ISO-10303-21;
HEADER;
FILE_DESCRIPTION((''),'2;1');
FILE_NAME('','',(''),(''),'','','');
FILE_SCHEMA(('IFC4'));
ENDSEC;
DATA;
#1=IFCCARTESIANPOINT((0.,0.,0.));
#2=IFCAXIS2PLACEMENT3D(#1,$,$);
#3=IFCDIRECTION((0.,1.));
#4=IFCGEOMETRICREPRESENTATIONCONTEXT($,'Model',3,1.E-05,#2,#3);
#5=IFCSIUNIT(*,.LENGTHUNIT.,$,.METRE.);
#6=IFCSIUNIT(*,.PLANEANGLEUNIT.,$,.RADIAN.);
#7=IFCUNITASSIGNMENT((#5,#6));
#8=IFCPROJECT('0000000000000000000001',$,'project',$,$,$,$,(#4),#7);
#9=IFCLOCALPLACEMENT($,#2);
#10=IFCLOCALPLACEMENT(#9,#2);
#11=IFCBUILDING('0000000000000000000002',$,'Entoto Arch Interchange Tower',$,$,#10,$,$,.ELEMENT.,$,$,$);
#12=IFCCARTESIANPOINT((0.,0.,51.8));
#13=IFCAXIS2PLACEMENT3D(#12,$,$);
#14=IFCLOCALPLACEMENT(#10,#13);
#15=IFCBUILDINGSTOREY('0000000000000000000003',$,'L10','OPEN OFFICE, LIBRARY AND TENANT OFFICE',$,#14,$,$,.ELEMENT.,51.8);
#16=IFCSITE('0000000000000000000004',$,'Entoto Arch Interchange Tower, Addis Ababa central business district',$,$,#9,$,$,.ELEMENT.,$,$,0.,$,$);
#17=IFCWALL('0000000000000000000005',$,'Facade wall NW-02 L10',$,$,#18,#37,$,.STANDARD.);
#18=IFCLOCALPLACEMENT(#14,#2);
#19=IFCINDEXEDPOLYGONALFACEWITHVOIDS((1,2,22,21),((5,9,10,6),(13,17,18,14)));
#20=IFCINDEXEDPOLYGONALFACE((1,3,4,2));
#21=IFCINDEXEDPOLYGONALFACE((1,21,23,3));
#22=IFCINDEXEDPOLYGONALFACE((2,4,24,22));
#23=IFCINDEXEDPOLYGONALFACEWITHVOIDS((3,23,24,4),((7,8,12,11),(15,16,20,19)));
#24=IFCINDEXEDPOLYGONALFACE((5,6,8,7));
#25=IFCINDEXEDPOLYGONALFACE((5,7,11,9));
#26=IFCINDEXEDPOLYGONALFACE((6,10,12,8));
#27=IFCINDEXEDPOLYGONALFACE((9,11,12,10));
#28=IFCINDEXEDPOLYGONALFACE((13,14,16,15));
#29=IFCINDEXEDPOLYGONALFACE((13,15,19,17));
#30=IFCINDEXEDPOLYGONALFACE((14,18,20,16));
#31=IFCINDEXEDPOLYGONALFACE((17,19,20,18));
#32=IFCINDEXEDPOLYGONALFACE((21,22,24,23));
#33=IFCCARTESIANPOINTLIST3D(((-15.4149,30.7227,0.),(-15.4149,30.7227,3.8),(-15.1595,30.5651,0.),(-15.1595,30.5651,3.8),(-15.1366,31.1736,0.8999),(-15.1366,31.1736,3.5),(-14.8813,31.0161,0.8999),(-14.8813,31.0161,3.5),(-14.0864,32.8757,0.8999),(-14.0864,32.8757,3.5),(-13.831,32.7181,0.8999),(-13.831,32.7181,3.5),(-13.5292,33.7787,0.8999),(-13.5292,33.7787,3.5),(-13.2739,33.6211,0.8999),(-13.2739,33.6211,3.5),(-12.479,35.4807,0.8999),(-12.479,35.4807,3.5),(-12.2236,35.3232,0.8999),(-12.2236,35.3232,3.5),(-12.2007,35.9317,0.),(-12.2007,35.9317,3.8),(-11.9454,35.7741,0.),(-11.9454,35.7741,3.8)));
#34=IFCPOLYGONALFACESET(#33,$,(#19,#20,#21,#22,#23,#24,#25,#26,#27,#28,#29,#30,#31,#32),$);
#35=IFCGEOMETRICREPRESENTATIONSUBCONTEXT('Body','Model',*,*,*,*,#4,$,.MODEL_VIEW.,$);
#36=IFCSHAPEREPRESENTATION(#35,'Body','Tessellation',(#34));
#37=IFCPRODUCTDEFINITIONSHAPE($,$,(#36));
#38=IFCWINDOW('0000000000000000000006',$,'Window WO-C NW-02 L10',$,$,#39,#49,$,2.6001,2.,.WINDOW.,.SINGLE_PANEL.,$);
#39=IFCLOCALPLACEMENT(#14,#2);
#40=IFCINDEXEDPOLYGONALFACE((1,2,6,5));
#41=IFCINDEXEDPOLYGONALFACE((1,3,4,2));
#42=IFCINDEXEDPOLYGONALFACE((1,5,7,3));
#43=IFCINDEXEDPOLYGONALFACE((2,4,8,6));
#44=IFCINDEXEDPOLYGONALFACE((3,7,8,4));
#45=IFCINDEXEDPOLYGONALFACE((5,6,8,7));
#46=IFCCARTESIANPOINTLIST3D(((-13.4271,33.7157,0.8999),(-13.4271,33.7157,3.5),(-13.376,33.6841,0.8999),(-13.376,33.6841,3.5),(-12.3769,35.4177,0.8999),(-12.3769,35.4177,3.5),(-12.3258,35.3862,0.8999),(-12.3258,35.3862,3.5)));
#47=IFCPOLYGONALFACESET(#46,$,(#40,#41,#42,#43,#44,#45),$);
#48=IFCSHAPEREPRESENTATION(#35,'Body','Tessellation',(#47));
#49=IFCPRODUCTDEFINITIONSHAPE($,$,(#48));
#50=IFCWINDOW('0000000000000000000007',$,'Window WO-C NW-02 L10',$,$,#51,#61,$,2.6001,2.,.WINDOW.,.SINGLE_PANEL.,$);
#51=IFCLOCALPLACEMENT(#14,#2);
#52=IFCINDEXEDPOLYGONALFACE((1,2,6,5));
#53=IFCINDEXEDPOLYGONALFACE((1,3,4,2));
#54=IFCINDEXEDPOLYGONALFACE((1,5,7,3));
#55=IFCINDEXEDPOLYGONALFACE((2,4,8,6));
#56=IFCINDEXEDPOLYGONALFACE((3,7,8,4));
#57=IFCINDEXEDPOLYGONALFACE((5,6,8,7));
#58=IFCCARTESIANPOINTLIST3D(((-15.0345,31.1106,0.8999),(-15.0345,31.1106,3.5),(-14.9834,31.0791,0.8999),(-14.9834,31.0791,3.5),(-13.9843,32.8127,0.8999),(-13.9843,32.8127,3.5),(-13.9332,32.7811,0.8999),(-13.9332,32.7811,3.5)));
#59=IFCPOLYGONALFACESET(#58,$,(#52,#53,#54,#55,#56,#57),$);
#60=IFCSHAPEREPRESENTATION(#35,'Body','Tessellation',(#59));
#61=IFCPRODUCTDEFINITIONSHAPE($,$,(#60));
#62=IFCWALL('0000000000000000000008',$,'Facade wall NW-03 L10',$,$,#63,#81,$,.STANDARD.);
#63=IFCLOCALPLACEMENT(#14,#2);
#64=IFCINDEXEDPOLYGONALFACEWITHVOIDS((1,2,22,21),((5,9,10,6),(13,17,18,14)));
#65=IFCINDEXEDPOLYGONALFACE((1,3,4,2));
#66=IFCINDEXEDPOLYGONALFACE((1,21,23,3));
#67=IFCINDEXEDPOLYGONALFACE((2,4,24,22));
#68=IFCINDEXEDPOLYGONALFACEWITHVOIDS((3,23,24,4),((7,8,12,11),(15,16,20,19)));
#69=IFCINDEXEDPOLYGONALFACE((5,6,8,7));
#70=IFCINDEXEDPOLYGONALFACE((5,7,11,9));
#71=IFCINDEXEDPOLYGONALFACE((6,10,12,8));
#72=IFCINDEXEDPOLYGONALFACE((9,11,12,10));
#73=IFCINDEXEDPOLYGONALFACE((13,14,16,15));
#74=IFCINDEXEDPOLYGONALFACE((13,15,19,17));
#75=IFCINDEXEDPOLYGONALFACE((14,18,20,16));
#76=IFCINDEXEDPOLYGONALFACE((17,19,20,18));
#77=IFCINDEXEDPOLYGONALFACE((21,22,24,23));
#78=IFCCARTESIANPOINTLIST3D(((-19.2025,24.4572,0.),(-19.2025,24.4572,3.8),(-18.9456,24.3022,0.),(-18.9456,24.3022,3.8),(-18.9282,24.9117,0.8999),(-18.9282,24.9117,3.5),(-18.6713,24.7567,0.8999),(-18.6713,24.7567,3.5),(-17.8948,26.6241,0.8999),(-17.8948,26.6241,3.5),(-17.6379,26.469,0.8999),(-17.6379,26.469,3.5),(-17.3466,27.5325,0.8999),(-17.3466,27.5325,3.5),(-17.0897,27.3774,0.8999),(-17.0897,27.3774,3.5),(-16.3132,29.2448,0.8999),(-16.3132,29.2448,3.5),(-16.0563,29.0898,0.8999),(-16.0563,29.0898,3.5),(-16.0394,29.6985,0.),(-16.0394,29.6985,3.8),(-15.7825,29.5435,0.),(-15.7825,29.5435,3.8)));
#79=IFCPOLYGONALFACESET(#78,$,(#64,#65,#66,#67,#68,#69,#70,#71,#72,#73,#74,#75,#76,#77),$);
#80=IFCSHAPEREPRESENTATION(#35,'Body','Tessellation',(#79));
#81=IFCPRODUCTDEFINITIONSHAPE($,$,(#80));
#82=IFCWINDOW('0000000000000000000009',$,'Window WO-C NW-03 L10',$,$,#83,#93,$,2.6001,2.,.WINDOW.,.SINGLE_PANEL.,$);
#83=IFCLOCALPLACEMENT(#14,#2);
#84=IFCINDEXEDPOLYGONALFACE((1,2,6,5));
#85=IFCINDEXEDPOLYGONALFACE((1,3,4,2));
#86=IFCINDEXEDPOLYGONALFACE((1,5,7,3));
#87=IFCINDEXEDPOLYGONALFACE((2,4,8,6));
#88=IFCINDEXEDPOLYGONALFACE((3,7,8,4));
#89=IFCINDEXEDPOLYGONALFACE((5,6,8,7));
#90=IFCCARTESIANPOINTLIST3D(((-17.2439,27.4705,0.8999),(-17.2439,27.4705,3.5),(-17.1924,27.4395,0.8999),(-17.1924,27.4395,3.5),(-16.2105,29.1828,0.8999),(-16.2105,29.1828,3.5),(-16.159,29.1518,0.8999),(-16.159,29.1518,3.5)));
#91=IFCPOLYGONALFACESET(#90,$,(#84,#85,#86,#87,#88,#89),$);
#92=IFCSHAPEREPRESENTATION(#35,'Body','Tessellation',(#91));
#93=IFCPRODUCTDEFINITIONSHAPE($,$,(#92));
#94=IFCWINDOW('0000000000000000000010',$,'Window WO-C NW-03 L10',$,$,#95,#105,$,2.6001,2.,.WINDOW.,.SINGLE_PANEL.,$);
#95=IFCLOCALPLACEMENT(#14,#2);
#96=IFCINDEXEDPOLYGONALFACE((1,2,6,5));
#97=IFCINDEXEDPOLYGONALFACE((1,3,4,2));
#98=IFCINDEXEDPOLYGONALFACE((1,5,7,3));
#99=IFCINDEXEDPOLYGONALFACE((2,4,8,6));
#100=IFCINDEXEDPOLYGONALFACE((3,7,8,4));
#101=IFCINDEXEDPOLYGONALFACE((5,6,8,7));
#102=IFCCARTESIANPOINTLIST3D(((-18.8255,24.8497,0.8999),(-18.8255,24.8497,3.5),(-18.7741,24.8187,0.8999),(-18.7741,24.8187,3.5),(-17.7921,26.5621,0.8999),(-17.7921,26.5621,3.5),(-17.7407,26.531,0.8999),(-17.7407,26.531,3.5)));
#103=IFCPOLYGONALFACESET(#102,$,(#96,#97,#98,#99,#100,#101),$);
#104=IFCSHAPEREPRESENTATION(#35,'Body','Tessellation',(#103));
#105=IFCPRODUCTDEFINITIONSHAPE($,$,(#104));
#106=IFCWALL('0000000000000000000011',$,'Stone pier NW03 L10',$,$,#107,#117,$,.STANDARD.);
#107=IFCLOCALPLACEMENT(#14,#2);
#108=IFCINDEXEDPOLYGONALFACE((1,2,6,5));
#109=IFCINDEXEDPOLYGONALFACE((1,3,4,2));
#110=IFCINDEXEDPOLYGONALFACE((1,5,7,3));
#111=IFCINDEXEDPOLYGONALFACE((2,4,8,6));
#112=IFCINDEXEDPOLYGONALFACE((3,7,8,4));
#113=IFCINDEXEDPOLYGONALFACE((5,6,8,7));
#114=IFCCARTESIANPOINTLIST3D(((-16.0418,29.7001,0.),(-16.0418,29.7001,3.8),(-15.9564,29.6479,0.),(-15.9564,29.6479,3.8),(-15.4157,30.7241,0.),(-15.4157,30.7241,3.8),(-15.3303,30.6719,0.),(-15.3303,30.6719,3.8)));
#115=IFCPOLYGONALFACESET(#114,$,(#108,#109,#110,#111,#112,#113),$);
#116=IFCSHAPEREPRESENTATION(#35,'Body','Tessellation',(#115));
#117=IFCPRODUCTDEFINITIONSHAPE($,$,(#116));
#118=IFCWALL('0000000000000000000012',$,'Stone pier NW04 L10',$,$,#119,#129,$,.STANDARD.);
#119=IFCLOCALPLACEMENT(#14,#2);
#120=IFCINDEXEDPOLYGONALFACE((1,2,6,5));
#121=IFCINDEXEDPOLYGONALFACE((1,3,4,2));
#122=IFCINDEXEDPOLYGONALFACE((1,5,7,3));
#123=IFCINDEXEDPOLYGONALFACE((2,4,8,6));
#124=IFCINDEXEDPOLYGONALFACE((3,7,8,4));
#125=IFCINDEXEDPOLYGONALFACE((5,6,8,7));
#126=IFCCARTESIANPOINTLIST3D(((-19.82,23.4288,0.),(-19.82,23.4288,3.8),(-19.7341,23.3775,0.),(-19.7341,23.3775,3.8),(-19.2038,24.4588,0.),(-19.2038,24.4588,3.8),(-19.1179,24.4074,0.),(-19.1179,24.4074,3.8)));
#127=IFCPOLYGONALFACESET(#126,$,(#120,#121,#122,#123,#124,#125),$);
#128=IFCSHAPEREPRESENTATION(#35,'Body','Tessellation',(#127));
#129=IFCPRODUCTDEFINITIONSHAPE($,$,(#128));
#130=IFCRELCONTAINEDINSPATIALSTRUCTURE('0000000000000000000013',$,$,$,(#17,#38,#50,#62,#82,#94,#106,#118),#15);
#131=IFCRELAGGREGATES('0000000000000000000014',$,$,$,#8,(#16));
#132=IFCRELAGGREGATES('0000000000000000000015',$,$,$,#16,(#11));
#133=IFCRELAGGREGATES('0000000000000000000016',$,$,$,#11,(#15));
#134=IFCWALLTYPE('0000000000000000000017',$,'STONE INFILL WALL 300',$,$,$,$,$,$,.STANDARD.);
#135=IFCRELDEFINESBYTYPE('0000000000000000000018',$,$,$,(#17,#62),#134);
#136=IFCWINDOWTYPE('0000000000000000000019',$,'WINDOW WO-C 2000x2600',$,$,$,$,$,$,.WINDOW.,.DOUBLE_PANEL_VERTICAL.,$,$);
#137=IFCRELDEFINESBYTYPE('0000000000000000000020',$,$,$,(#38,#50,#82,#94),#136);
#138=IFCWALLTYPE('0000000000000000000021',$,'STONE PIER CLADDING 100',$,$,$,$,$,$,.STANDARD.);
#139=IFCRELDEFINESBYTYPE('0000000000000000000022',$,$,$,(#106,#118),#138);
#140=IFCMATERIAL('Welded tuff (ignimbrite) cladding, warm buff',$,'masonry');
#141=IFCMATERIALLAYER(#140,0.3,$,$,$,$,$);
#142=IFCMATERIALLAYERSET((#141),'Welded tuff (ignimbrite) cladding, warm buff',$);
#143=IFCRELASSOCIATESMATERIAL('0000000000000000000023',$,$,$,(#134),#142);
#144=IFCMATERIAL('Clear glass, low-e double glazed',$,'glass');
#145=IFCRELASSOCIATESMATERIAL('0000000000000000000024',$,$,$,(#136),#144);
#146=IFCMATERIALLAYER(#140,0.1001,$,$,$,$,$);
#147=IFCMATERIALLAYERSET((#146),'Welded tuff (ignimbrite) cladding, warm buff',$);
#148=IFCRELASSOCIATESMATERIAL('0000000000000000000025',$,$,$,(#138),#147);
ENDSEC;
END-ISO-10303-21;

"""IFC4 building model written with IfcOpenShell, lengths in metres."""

from ifc_helpers import new_model, si_unit, direction, frame, frame_2d, origin, place, context, subcontext, project, spatial, rectangle, extrude, material, layer, layer_set, type_object, element, fill, save


model = new_model("IFC4")

# Units and contexts
model_context = context("Model", 3, precision=1e-05, world=origin(), true_north=direction((0.0, 1.0)))
body_context = subcontext(model_context, "Body", "Model", "MODEL_VIEW")
ifc_project = project(units=[si_unit("LENGTHUNIT", "METRE"), si_unit("PLANEANGLEUNIT", "RADIAN")], contexts=[model_context])

# Site, building, storey
site_placement = place(None, origin())
site = spatial("IfcSite", under=ifc_project, at=site_placement, Name="Entoto Arch Interchange Tower, Addis Ababa central business district", CompositionType="ELEMENT", RefElevation=0.0)
building_placement = place(site_placement, origin())
building = spatial("IfcBuilding", under=site, at=building_placement, Name="Entoto Arch Interchange Tower", CompositionType="ELEMENT")
storey_placement = place(building_placement, frame((0.0, 0.0, 51.8)))
storey = spatial("IfcBuildingStorey", under=building, at=storey_placement, Name="L10", Description="OPEN OFFICE, LIBRARY AND TENANT OFFICE", CompositionType="ELEMENT", Elevation=51.8)

# Walls, openings, windows
ifc_material_1 = material(Name="Welded tuff (ignimbrite) cladding, warm buff", Category="masonry")
ifc_layer_1 = layer(ifc_material_1, 0.3)
ifc_layer_set_1 = layer_set([ifc_layer_1], Name="Welded tuff (ignimbrite) cladding, warm buff")
wall_type_1 = type_object("IfcWallType", Name="STONE INFILL WALL 300", PredefinedType="STANDARD", material=ifc_layer_set_1)
wall_1_placement = place(storey_placement, frame((-12.073, 35.853, 0.0), z_axis=(0.0, 0.0, 1.0), x_axis=(-0.525114, -0.851032, 0.0)))
wall_1 = element("IfcWall", 1, at=wall_1_placement, inside=storey, type_object=wall_type_1, Name="Facade wall NW-02 L10", PredefinedType="STANDARD", context=body_context, shape_type="SweptSolid", body=[
    extrude(rectangle(XDim=6.1208, YDim=0.3, at=frame_2d((3.0605, 0.0))), origin(), (0.0, 0.0, 1.0), 3.8),
])
opening_1_placement = place(wall_1_placement, frame((0.53, 0.0, 0.8999)))
opening_1 = element("IfcOpeningElement", 2, at=opening_1_placement, cuts=wall_1, PredefinedType="OPENING", context=body_context, shape_type="SweptSolid", body=[
    extrude(rectangle(XDim=2.0, YDim=2.6001, at=frame_2d((1.0, 1.3))), frame((0.0, 0.1602, 0.0), z_axis=(0.0, -1.0, 0.0), x_axis=(1.0, 0.0, 0.0)), (0.0, 0.0, 1.0), 0.3201),
])
opening_2_placement = place(wall_1_placement, frame((3.5911, 0.0, 0.8999)))
opening_2 = element("IfcOpeningElement", 3, at=opening_2_placement, cuts=wall_1, PredefinedType="OPENING", context=body_context, shape_type="SweptSolid", body=[
    extrude(rectangle(XDim=2.0, YDim=2.6001, at=frame_2d((1.0, 1.3))), frame((0.0, 0.1602, 0.0), z_axis=(0.0, -1.0, 0.0), x_axis=(1.0, 0.0, 0.0)), (0.0, 0.0, 1.0), 0.3201),
])
ifc_material_2 = material(Name="Clear glass, low-e double glazed", Category="glass")
window_type = type_object("IfcWindowType", Name="WINDOW WO-C 2000x2600", PartitioningType="DOUBLE_PANEL_VERTICAL", PredefinedType="WINDOW", material=ifc_material_2)
window_1_placement = place(opening_1_placement, origin())
window_1 = element("IfcWindow", 4, at=window_1_placement, inside=storey, type_object=window_type, Name="Window WO-C NW-02 L10", OverallHeight=2.6001, OverallWidth=2.0, PartitioningType="SINGLE_PANEL", PredefinedType="WINDOW", context=body_context, shape_type="SweptSolid", body=[
    extrude(rectangle(XDim=2.0, YDim=2.6001, at=frame_2d((1.0, 1.3))), frame((0.0, 0.03, 0.0), z_axis=(0.0, -1.0, 0.0), x_axis=(1.0, 0.0, 0.0)), (0.0, 0.0, 1.0), 0.0601),
])
fill(opening_1, window_1)
window_2_placement = place(opening_2_placement, origin())
window_2 = element("IfcWindow", 5, at=window_2_placement, inside=storey, type_object=window_type, Name="Window WO-C NW-02 L10", OverallHeight=2.6001, OverallWidth=2.0, PartitioningType="SINGLE_PANEL", PredefinedType="WINDOW", context=body_context, shape_type="SweptSolid", body=[
    extrude(rectangle(XDim=2.0, YDim=2.6001, at=frame_2d((1.0, 1.3))), frame((0.0, 0.03, 0.0), z_axis=(0.0, -1.0, 0.0), x_axis=(1.0, 0.0, 0.0)), (0.0, 0.0, 1.0), 0.0601),
])
fill(opening_2, window_2)
wall_2_placement = place(storey_placement, frame((-15.9109, 29.6211, 0.0), z_axis=(0.0, 0.0, 1.0), x_axis=(-0.516699, -0.856167, 0.0)))
wall_2 = element("IfcWall", 6, at=wall_2_placement, inside=storey, type_object=wall_type_1, Name="Facade wall NW-03 L10", PredefinedType="STANDARD", context=body_context, shape_type="SweptSolid", body=[
    extrude(rectangle(XDim=6.1218, YDim=0.3, at=frame_2d((3.061, 0.0))), origin(), (0.0, 0.0, 1.0), 3.8),
])
opening_3_placement = place(wall_2_placement, frame((0.53, 0.0, 0.8999)))
opening_3 = element("IfcOpeningElement", 7, at=opening_3_placement, cuts=wall_2, PredefinedType="OPENING", context=body_context, shape_type="SweptSolid", body=[
    extrude(rectangle(XDim=2.0, YDim=2.6001, at=frame_2d((1.0, 1.3))), frame((0.0, 0.1602, 0.0), z_axis=(0.0, -1.0, 0.0), x_axis=(1.0, 0.0, 0.0)), (0.0, 0.0, 1.0), 0.3201),
])
opening_4_placement = place(wall_2_placement, frame((3.5911, 0.0, 0.8999)))
opening_4 = element("IfcOpeningElement", 8, at=opening_4_placement, cuts=wall_2, PredefinedType="OPENING", context=body_context, shape_type="SweptSolid", body=[
    extrude(rectangle(XDim=2.0, YDim=2.6001, at=frame_2d((1.0, 1.3))), frame((0.0, 0.1602, 0.0), z_axis=(0.0, -1.0, 0.0), x_axis=(1.0, 0.0, 0.0)), (0.0, 0.0, 1.0), 0.3201),
])
window_3_placement = place(opening_3_placement, origin())
window_3 = element("IfcWindow", 9, at=window_3_placement, inside=storey, type_object=window_type, Name="Window WO-C NW-03 L10", OverallHeight=2.6001, OverallWidth=2.0, PartitioningType="SINGLE_PANEL", PredefinedType="WINDOW", context=body_context, shape_type="SweptSolid", body=[
    extrude(rectangle(XDim=2.0, YDim=2.6001, at=frame_2d((1.0, 1.3))), frame((0.0, 0.03, 0.0), z_axis=(0.0, -1.0, 0.0), x_axis=(1.0, 0.0, 0.0)), (0.0, 0.0, 1.0), 0.0601),
])
fill(opening_3, window_3)
window_4_placement = place(opening_4_placement, origin())
window_4 = element("IfcWindow", 10, at=window_4_placement, inside=storey, type_object=window_type, Name="Window WO-C NW-03 L10", OverallHeight=2.6001, OverallWidth=2.0, PartitioningType="SINGLE_PANEL", PredefinedType="WINDOW", context=body_context, shape_type="SweptSolid", body=[
    extrude(rectangle(XDim=2.0, YDim=2.6001, at=frame_2d((1.0, 1.3))), frame((0.0, 0.03, 0.0), z_axis=(0.0, -1.0, 0.0), x_axis=(1.0, 0.0, 0.0)), (0.0, 0.0, 1.0), 0.0601),
])
fill(opening_4, window_4)

# Walls
ifc_layer_2 = layer(ifc_material_1, 0.1001)
ifc_layer_set_2 = layer_set([ifc_layer_2], Name="Welded tuff (ignimbrite) cladding, warm buff")
wall_type_2 = type_object("IfcWallType", Name="STONE PIER CLADDING 100", PredefinedType="STANDARD", material=ifc_layer_set_2)
for number, where, z_axis, x_axis, name in (
    (11, (-15.373, 30.698, 0.0), (0.0, 0.0, 1.0), (-0.521598, -0.853191, 0.0), "Stone pier NW03 L10"),
    (12, (-19.1609, 24.4331, 0.0), (0.0, 0.0, 1.0), (-0.513389, -0.858156, 0.0), "Stone pier NW04 L10"),
):
    element("IfcWall", number, at=place(storey_placement, frame(where, z_axis=z_axis, x_axis=x_axis)), inside=storey, type_object=wall_type_2, Name=name, PredefinedType="STANDARD", context=body_context, shape_type="SweptSolid", body=[
        extrude(rectangle(XDim=1.2002, YDim=0.1001, at=frame_2d((0.6001, 0.0))), origin(), (0.0, 0.0, 1.0), 3.8),
    ])

save(model, "model.ifc")
